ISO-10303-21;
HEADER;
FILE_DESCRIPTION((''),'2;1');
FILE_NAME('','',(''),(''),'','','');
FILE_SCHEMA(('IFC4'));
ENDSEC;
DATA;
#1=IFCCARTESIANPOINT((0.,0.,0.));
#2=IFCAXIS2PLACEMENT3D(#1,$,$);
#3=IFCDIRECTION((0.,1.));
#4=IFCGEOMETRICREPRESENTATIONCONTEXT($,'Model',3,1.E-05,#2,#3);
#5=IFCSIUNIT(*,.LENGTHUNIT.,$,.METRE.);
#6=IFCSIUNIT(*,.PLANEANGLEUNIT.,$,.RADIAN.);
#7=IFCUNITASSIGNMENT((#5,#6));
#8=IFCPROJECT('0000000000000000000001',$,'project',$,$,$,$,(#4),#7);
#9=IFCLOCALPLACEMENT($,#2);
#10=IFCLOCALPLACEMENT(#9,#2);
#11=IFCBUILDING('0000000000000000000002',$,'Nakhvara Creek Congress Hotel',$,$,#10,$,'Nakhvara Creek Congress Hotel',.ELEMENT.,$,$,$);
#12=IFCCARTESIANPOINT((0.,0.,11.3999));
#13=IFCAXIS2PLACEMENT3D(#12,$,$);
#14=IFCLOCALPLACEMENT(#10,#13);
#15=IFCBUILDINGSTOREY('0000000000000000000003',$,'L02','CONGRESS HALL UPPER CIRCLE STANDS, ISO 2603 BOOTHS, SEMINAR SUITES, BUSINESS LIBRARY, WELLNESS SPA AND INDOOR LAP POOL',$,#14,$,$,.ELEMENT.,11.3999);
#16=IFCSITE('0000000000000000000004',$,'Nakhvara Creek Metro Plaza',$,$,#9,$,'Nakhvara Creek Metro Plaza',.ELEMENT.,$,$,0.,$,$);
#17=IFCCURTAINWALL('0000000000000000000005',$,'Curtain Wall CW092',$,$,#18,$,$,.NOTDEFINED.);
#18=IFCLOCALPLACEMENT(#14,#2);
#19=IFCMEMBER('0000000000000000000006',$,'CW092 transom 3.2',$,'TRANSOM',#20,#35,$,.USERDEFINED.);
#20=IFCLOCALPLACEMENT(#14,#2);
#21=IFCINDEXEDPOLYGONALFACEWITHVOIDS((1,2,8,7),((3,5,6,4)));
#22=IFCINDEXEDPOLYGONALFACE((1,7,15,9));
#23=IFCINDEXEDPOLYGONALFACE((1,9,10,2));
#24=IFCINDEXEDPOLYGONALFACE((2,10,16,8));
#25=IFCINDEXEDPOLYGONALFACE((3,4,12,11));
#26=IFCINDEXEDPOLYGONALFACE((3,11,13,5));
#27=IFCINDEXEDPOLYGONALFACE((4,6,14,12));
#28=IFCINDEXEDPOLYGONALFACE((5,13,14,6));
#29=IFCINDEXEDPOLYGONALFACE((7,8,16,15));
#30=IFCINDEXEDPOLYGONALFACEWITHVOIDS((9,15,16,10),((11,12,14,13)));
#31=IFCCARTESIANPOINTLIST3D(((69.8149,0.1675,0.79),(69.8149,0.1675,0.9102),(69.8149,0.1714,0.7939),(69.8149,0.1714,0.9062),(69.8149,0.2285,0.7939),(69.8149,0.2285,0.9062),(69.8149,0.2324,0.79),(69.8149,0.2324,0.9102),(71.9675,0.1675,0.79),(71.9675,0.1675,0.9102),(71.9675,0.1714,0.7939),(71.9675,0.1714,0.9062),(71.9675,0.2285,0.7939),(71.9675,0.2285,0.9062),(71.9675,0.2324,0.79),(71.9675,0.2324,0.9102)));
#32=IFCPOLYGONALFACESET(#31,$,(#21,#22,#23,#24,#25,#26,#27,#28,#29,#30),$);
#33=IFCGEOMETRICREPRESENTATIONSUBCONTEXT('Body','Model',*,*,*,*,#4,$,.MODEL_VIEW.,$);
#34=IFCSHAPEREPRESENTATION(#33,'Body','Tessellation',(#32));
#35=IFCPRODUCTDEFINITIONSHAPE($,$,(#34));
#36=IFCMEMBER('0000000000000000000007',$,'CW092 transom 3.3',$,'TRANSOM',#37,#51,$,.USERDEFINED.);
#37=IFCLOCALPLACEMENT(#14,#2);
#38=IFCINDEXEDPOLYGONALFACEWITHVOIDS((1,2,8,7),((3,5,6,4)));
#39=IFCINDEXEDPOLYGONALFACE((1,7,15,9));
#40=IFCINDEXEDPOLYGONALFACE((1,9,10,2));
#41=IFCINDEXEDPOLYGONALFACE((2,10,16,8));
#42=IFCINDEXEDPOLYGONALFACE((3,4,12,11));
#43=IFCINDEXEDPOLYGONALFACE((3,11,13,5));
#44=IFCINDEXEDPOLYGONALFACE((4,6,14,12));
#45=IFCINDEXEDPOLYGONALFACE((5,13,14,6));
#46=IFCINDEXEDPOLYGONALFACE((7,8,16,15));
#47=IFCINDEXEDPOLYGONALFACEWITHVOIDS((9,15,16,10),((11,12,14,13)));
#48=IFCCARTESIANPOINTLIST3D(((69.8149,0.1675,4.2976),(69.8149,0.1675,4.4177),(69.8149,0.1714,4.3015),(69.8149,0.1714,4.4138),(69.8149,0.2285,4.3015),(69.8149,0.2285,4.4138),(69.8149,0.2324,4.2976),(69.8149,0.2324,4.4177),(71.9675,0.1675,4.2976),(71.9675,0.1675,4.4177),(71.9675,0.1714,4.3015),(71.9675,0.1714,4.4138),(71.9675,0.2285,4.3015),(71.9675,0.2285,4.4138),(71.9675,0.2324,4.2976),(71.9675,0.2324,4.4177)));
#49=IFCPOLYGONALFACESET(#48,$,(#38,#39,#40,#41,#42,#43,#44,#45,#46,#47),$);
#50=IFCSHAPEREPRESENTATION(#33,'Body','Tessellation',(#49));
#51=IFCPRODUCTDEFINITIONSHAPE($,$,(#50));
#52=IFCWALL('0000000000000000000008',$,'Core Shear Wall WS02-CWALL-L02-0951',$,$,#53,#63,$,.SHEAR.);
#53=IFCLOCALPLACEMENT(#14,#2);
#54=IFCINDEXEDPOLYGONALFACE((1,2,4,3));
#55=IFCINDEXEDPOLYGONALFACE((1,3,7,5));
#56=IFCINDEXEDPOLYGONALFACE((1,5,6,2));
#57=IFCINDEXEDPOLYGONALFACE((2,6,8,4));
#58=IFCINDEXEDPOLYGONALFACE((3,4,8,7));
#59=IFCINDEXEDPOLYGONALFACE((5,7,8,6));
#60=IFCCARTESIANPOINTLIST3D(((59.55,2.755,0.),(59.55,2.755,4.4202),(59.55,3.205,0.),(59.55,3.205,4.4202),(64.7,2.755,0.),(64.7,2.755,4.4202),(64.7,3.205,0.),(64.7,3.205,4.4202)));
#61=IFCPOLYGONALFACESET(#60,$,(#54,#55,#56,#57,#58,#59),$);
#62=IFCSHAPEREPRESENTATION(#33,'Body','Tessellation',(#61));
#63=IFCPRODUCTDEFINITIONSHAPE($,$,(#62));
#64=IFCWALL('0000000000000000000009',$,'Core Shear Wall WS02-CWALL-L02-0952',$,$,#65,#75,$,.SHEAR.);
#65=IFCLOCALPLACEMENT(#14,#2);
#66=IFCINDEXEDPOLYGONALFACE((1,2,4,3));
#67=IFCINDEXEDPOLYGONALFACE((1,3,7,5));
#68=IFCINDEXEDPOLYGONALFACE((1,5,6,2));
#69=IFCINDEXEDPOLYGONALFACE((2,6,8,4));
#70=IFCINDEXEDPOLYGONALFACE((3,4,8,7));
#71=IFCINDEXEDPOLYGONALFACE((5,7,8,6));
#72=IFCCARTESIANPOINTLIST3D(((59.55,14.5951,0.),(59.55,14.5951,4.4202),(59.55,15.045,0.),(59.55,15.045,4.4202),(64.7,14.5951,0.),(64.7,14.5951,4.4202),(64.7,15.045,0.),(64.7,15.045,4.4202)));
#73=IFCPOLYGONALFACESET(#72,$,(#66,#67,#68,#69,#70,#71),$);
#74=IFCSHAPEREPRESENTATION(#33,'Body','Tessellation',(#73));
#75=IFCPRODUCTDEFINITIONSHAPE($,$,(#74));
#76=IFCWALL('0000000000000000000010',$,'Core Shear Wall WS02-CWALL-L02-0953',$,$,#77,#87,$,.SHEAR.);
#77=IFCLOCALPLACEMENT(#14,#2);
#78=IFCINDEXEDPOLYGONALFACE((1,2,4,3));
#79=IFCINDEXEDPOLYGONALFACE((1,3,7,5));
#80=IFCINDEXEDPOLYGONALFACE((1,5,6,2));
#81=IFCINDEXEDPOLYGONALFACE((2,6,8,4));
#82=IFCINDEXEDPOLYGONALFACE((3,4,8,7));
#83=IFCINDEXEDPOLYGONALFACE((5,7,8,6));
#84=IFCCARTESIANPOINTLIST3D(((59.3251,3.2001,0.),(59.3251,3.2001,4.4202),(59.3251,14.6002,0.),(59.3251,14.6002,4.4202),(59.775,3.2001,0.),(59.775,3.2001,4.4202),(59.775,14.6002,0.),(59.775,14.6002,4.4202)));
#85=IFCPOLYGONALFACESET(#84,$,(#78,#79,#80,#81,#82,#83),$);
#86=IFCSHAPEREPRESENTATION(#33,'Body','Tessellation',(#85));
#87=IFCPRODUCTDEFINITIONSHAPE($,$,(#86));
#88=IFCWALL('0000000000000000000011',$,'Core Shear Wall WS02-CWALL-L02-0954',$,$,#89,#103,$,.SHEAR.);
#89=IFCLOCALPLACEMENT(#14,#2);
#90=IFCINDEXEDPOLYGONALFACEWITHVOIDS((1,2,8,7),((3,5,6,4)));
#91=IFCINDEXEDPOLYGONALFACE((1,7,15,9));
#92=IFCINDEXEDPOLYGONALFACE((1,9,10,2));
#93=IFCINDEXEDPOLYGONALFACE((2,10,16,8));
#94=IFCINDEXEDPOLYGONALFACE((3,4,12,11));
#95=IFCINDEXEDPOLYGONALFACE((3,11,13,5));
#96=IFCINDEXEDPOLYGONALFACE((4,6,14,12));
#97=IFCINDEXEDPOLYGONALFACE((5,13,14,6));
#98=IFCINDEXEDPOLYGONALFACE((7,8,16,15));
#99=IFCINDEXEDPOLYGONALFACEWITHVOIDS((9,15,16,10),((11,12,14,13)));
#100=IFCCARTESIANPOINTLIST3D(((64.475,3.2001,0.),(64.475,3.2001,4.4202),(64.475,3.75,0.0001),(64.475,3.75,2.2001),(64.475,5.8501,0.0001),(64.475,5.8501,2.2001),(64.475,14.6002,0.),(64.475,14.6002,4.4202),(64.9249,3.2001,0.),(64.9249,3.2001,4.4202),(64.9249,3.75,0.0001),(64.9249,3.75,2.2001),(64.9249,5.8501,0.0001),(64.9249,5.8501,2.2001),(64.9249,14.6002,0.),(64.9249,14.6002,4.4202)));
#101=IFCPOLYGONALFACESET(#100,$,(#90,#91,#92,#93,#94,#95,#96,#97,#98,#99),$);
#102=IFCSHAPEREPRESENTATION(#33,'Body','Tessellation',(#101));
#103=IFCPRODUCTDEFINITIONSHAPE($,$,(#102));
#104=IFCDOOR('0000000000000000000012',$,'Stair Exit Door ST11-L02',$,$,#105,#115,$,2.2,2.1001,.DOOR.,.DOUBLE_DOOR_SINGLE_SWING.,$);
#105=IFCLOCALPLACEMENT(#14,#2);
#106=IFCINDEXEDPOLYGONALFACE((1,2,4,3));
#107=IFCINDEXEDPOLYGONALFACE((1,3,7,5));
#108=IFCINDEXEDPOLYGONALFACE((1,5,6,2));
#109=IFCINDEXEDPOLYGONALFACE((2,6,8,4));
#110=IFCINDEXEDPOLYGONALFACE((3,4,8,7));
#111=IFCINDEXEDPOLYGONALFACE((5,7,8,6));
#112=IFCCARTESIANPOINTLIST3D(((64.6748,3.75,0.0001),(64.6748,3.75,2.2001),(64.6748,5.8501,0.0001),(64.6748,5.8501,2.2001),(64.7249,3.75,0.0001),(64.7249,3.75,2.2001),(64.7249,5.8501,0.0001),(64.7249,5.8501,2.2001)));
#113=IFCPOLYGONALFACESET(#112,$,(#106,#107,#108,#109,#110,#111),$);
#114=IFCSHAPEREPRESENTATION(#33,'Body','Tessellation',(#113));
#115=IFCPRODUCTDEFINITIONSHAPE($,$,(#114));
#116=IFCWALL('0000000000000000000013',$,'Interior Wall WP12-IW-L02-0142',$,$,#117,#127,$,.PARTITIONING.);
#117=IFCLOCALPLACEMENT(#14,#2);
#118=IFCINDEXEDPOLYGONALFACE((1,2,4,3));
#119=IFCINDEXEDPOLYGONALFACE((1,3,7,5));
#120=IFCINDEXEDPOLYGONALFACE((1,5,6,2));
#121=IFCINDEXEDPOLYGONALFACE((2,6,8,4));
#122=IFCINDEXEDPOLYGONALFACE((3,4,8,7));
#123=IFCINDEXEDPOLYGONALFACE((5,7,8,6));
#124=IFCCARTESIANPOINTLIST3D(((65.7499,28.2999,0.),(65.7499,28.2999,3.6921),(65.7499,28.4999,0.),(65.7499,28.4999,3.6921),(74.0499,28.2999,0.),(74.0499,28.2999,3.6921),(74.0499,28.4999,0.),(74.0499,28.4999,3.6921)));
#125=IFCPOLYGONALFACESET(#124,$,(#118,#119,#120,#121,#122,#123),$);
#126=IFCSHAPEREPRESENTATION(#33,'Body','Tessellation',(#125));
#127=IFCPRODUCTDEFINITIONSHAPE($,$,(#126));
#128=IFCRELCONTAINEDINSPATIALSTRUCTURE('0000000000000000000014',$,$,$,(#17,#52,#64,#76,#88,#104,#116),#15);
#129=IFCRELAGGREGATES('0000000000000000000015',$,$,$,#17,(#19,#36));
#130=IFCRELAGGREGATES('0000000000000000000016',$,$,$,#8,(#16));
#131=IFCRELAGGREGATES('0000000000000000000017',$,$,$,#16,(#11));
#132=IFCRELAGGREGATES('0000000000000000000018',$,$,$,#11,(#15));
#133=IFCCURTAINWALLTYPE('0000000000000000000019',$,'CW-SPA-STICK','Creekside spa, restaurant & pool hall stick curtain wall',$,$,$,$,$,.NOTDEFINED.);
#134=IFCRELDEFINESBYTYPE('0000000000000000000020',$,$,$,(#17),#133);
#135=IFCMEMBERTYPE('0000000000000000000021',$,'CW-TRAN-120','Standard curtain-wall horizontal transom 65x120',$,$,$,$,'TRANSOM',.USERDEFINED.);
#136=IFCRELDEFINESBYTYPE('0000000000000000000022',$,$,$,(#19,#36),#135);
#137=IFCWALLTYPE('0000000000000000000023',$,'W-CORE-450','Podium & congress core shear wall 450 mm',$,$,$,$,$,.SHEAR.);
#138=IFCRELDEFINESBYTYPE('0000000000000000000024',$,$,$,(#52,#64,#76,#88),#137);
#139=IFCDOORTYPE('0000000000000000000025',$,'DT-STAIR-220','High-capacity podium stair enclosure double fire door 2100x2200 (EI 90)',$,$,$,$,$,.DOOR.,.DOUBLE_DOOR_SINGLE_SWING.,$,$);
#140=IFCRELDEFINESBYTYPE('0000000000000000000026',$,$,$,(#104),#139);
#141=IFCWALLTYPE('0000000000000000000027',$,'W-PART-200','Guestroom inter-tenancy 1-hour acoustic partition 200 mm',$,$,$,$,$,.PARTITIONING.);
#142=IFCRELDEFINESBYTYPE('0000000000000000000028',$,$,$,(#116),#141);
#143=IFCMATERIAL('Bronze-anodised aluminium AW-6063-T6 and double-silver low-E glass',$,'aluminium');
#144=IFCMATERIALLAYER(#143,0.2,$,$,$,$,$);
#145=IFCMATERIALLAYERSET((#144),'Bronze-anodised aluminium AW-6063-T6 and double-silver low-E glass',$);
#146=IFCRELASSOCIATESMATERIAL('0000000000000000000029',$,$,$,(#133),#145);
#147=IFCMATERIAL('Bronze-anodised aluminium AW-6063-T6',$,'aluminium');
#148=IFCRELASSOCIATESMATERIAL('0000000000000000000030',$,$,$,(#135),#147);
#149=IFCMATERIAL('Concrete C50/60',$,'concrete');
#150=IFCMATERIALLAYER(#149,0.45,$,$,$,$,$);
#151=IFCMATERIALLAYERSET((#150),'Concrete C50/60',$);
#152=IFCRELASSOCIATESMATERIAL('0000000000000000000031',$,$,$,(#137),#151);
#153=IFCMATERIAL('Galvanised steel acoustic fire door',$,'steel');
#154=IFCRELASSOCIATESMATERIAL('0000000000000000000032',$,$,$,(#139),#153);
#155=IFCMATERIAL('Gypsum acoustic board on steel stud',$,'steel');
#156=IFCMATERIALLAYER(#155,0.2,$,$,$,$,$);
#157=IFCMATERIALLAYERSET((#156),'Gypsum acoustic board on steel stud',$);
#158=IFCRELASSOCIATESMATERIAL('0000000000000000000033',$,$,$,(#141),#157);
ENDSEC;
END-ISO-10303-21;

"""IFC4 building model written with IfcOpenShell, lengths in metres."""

from ifc_helpers import new_model, si_unit, direction, frame, frame_2d, origin, origin_2d, place, context, subcontext, project, spatial, rectangle, hollow_rectangle, extrude, material, layer, layer_set, material_profile, profile_set, type_object, element, fill, aggregate, save


model = new_model("IFC4")

# Units and contexts
model_context = context("Model", 3, precision=1e-05, world=origin(), true_north=direction((0.0, 1.0)))
body_context = subcontext(model_context, "Body", "Model", "MODEL_VIEW")
ifc_project = project(units=[si_unit("LENGTHUNIT", "METRE"), si_unit("PLANEANGLEUNIT", "RADIAN")], contexts=[model_context])

# Site, building, storey
site_placement = place(None, origin())
site = spatial("IfcSite", under=ifc_project, at=site_placement, Name="Nakhvara Creek Metro Plaza", LongName="Nakhvara Creek Metro Plaza", CompositionType="ELEMENT", RefElevation=0.0)
building_placement = place(site_placement, origin())
building = spatial("IfcBuilding", under=site, at=building_placement, Name="Nakhvara Creek Congress Hotel", LongName="Nakhvara Creek Congress Hotel", CompositionType="ELEMENT")
storey_placement = place(building_placement, frame((0.0, 0.0, 11.3999)))
storey = spatial("IfcBuildingStorey", under=building, at=storey_placement, Name="L02", Description="CONGRESS HALL UPPER CIRCLE STANDS, ISO 2603 BOOTHS, SEMINAR SUITES, BUSINESS LIBRARY, WELLNESS SPA AND INDOOR LAP POOL", CompositionType="ELEMENT", Elevation=11.3999)

# Shared definitions
ifc_material_1 = material(Name="Concrete C50/60", Category="concrete")

# Curtain wall, members
ifc_material_2 = material(Name="Bronze-anodised aluminium AW-6063-T6 and double-silver low-E glass", Category="aluminium")
ifc_layer_1 = layer(ifc_material_2, 0.2)
ifc_layer_set_1 = layer_set([ifc_layer_1], Name="Bronze-anodised aluminium AW-6063-T6 and double-silver low-E glass")
curtain_wall_type = type_object("IfcCurtainWallType", Name="CW-SPA-STICK", Description="Creekside spa, restaurant & pool hall stick curtain wall", PredefinedType="NOTDEFINED", material=ifc_layer_set_1)
curtain_wall_placement = place(storey_placement, origin())
curtain_wall = element("IfcCurtainWall", 1, at=curtain_wall_placement, inside=storey, type_object=curtain_wall_type, Name="Curtain Wall CW092", PredefinedType="NOTDEFINED")
ifc_material_3 = material(Name="Bronze-anodised aluminium AW-6063-T6", Category="aluminium")
ifc_material_profile_1 = material_profile(ifc_material_3, hollow_rectangle(XDim=0.0649, YDim=0.1201, WallThickness=0.0039, at=origin_2d()), Name="ALU-TRAN 65x120x4", Category="LoadBearing")
ifc_profile_set_1 = profile_set([ifc_material_profile_1], Name="Bronze-anodised aluminium AW-6063-T6")
member_type_1 = type_object("IfcMemberType", Name="CW-TRAN-120", Description="Standard curtain-wall horizontal transom 65x120", ElementType="TRANSOM", PredefinedType="USERDEFINED", material=ifc_profile_set_1)
member_1_placement = place(storey_placement, frame((71.9675, 0.2, 0.8501), z_axis=(-1.0, 0.0, 0.0), x_axis=(0.0, -1.0, 0.0)))
member_1 = element("IfcMember", 2, at=member_1_placement, type_object=member_type_1, Name="CW092 transom 3.2", ObjectType="TRANSOM", PredefinedType="USERDEFINED", context=body_context, shape_type="SweptSolid", body=[
    extrude(hollow_rectangle(XDim=0.0649, YDim=0.1201, WallThickness=0.0039, at=origin_2d()), origin(), (0.0, 0.0, 1.0), 2.1526),
])
member_2_placement = place(storey_placement, frame((71.9675, 0.2, 4.3577), z_axis=(-1.0, 0.0, 0.0), x_axis=(0.0, -1.0, 0.0)))
member_2 = element("IfcMember", 3, at=member_2_placement, type_object=member_type_1, Name="CW092 transom 3.3", ObjectType="TRANSOM", PredefinedType="USERDEFINED", context=body_context, shape_type="SweptSolid", body=[
    extrude(hollow_rectangle(XDim=0.0649, YDim=0.1201, WallThickness=0.0039, at=origin_2d()), origin(), (0.0, 0.0, 1.0), 2.1526),
])
aggregate(curtain_wall, [member_1, member_2])

# Walls
ifc_layer_2 = layer(ifc_material_1, 0.45)
ifc_layer_set_2 = layer_set([ifc_layer_2], Name="Concrete C50/60")
wall_type_1 = type_object("IfcWallType", Name="W-CORE-450", Description="Podium & congress core shear wall 450 mm", PredefinedType="SHEAR", material=ifc_layer_set_2)
for number, where, z_axis, x_axis, name in (
    (4, (59.55, 2.98, 0.0), (0.0, 0.0, 1.0), (1.0, 0.0, 0.0), "Core Shear Wall WS02-CWALL-L02-0951"),
    (5, (59.55, 14.8201, 0.0), (0.0, 0.0, 1.0), (1.0, 0.0, 0.0), "Core Shear Wall WS02-CWALL-L02-0952"),
):
    element("IfcWall", number, at=place(storey_placement, frame(where, z_axis=z_axis, x_axis=x_axis)), inside=storey, type_object=wall_type_1, Name=name, PredefinedType="SHEAR", context=body_context, shape_type="SweptSolid", body=[
        extrude(rectangle(XDim=5.1499, YDim=0.45, at=frame_2d((2.575, 0.0))), origin(), (0.0, 0.0, 1.0), 4.4202),
    ])
wall_1_placement = place(storey_placement, frame((59.55, 3.2, 0.0), z_axis=(0.0, 0.0, 1.0), x_axis=(0.0, 1.0, 0.0)))
element("IfcWall", 6, at=wall_1_placement, inside=storey, type_object=wall_type_1, Name="Core Shear Wall WS02-CWALL-L02-0953", PredefinedType="SHEAR", context=body_context, shape_type="SweptSolid", body=[
    extrude(rectangle(XDim=11.4001, YDim=0.45, at=frame_2d((5.7002, 0.0))), origin(), (0.0, 0.0, 1.0), 4.4202),
])

# Wall, opening, door
wall_2_placement = place(storey_placement, frame((64.7, 3.2, 0.0), z_axis=(0.0, 0.0, 1.0), x_axis=(0.0, 1.0, 0.0)))
wall_2 = element("IfcWall", 7, at=wall_2_placement, inside=storey, type_object=wall_type_1, Name="Core Shear Wall WS02-CWALL-L02-0954", PredefinedType="SHEAR", context=body_context, shape_type="SweptSolid", body=[
    extrude(rectangle(XDim=11.4001, YDim=0.45, at=frame_2d((5.7002, 0.0))), origin(), (0.0, 0.0, 1.0), 4.4202),
])
opening_placement = place(wall_2_placement, frame((0.55, 0.0, 0.0)))
opening = element("IfcOpeningElement", 8, at=opening_placement, cuts=wall_2, PredefinedType="OPENING", context=body_context, shape_type="SweptSolid", body=[
    extrude(rectangle(XDim=2.1001, YDim=2.2, at=frame_2d((1.05, 1.1001))), frame((0.0, 0.2368, 0.0), z_axis=(0.0, -1.0, 0.0), x_axis=(1.0, 0.0, 0.0)), (0.0, 0.0, 1.0), 0.4739),
])
ifc_material_4 = material(Name="Galvanised steel acoustic fire door", Category="steel")
door_type = type_object("IfcDoorType", Name="DT-STAIR-220", Description="High-capacity podium stair enclosure double fire door 2100x2200 (EI 90)", OperationType="DOUBLE_DOOR_SINGLE_SWING", PredefinedType="DOOR", material=ifc_material_4)
door_placement = place(opening_placement, frame((2.1001, 0.0, 0.0), z_axis=(0.0, 0.0, 1.0), x_axis=(-1.0, 0.0, 0.0)))
door = element("IfcDoor", 9, at=door_placement, inside=storey, type_object=door_type, Name="Stair Exit Door ST11-L02", OperationType="DOUBLE_DOOR_SINGLE_SWING", OverallHeight=2.2, OverallWidth=2.1001, PredefinedType="DOOR", context=body_context, shape_type="SweptSolid", body=[
    extrude(rectangle(XDim=2.1001, YDim=2.2, at=frame_2d((1.05, 1.1001))), frame((0.0, 0.0249, 0.0), z_axis=(0.0, -1.0, 0.0), x_axis=(1.0, 0.0, 0.0)), (0.0, 0.0, 1.0), 0.05),
])
fill(opening, door)

# Wall
ifc_material_5 = material(Name="Gypsum acoustic board on steel stud", Category="steel")
ifc_layer_3 = layer(ifc_material_5, 0.2)
ifc_layer_set_3 = layer_set([ifc_layer_3], Name="Gypsum acoustic board on steel stud")
wall_type_2 = type_object("IfcWallType", Name="W-PART-200", Description="Guestroom inter-tenancy 1-hour acoustic partition 200 mm", PredefinedType="PARTITIONING", material=ifc_layer_set_3)
wall_3_placement = place(storey_placement, frame((65.75, 28.3999, 0.0), z_axis=(0.0, 0.0, 1.0), x_axis=(1.0, 0.0, 0.0)))
element("IfcWall", 10, at=wall_3_placement, inside=storey, type_object=wall_type_2, Name="Interior Wall WP12-IW-L02-0142", PredefinedType="PARTITIONING", context=body_context, shape_type="SweptSolid", body=[
    extrude(rectangle(XDim=8.3, YDim=0.2, at=frame_2d((4.1499, 0.0))), origin(), (0.0, 0.0, 1.0), 3.6921),
])

save(model, "model.ifc")
